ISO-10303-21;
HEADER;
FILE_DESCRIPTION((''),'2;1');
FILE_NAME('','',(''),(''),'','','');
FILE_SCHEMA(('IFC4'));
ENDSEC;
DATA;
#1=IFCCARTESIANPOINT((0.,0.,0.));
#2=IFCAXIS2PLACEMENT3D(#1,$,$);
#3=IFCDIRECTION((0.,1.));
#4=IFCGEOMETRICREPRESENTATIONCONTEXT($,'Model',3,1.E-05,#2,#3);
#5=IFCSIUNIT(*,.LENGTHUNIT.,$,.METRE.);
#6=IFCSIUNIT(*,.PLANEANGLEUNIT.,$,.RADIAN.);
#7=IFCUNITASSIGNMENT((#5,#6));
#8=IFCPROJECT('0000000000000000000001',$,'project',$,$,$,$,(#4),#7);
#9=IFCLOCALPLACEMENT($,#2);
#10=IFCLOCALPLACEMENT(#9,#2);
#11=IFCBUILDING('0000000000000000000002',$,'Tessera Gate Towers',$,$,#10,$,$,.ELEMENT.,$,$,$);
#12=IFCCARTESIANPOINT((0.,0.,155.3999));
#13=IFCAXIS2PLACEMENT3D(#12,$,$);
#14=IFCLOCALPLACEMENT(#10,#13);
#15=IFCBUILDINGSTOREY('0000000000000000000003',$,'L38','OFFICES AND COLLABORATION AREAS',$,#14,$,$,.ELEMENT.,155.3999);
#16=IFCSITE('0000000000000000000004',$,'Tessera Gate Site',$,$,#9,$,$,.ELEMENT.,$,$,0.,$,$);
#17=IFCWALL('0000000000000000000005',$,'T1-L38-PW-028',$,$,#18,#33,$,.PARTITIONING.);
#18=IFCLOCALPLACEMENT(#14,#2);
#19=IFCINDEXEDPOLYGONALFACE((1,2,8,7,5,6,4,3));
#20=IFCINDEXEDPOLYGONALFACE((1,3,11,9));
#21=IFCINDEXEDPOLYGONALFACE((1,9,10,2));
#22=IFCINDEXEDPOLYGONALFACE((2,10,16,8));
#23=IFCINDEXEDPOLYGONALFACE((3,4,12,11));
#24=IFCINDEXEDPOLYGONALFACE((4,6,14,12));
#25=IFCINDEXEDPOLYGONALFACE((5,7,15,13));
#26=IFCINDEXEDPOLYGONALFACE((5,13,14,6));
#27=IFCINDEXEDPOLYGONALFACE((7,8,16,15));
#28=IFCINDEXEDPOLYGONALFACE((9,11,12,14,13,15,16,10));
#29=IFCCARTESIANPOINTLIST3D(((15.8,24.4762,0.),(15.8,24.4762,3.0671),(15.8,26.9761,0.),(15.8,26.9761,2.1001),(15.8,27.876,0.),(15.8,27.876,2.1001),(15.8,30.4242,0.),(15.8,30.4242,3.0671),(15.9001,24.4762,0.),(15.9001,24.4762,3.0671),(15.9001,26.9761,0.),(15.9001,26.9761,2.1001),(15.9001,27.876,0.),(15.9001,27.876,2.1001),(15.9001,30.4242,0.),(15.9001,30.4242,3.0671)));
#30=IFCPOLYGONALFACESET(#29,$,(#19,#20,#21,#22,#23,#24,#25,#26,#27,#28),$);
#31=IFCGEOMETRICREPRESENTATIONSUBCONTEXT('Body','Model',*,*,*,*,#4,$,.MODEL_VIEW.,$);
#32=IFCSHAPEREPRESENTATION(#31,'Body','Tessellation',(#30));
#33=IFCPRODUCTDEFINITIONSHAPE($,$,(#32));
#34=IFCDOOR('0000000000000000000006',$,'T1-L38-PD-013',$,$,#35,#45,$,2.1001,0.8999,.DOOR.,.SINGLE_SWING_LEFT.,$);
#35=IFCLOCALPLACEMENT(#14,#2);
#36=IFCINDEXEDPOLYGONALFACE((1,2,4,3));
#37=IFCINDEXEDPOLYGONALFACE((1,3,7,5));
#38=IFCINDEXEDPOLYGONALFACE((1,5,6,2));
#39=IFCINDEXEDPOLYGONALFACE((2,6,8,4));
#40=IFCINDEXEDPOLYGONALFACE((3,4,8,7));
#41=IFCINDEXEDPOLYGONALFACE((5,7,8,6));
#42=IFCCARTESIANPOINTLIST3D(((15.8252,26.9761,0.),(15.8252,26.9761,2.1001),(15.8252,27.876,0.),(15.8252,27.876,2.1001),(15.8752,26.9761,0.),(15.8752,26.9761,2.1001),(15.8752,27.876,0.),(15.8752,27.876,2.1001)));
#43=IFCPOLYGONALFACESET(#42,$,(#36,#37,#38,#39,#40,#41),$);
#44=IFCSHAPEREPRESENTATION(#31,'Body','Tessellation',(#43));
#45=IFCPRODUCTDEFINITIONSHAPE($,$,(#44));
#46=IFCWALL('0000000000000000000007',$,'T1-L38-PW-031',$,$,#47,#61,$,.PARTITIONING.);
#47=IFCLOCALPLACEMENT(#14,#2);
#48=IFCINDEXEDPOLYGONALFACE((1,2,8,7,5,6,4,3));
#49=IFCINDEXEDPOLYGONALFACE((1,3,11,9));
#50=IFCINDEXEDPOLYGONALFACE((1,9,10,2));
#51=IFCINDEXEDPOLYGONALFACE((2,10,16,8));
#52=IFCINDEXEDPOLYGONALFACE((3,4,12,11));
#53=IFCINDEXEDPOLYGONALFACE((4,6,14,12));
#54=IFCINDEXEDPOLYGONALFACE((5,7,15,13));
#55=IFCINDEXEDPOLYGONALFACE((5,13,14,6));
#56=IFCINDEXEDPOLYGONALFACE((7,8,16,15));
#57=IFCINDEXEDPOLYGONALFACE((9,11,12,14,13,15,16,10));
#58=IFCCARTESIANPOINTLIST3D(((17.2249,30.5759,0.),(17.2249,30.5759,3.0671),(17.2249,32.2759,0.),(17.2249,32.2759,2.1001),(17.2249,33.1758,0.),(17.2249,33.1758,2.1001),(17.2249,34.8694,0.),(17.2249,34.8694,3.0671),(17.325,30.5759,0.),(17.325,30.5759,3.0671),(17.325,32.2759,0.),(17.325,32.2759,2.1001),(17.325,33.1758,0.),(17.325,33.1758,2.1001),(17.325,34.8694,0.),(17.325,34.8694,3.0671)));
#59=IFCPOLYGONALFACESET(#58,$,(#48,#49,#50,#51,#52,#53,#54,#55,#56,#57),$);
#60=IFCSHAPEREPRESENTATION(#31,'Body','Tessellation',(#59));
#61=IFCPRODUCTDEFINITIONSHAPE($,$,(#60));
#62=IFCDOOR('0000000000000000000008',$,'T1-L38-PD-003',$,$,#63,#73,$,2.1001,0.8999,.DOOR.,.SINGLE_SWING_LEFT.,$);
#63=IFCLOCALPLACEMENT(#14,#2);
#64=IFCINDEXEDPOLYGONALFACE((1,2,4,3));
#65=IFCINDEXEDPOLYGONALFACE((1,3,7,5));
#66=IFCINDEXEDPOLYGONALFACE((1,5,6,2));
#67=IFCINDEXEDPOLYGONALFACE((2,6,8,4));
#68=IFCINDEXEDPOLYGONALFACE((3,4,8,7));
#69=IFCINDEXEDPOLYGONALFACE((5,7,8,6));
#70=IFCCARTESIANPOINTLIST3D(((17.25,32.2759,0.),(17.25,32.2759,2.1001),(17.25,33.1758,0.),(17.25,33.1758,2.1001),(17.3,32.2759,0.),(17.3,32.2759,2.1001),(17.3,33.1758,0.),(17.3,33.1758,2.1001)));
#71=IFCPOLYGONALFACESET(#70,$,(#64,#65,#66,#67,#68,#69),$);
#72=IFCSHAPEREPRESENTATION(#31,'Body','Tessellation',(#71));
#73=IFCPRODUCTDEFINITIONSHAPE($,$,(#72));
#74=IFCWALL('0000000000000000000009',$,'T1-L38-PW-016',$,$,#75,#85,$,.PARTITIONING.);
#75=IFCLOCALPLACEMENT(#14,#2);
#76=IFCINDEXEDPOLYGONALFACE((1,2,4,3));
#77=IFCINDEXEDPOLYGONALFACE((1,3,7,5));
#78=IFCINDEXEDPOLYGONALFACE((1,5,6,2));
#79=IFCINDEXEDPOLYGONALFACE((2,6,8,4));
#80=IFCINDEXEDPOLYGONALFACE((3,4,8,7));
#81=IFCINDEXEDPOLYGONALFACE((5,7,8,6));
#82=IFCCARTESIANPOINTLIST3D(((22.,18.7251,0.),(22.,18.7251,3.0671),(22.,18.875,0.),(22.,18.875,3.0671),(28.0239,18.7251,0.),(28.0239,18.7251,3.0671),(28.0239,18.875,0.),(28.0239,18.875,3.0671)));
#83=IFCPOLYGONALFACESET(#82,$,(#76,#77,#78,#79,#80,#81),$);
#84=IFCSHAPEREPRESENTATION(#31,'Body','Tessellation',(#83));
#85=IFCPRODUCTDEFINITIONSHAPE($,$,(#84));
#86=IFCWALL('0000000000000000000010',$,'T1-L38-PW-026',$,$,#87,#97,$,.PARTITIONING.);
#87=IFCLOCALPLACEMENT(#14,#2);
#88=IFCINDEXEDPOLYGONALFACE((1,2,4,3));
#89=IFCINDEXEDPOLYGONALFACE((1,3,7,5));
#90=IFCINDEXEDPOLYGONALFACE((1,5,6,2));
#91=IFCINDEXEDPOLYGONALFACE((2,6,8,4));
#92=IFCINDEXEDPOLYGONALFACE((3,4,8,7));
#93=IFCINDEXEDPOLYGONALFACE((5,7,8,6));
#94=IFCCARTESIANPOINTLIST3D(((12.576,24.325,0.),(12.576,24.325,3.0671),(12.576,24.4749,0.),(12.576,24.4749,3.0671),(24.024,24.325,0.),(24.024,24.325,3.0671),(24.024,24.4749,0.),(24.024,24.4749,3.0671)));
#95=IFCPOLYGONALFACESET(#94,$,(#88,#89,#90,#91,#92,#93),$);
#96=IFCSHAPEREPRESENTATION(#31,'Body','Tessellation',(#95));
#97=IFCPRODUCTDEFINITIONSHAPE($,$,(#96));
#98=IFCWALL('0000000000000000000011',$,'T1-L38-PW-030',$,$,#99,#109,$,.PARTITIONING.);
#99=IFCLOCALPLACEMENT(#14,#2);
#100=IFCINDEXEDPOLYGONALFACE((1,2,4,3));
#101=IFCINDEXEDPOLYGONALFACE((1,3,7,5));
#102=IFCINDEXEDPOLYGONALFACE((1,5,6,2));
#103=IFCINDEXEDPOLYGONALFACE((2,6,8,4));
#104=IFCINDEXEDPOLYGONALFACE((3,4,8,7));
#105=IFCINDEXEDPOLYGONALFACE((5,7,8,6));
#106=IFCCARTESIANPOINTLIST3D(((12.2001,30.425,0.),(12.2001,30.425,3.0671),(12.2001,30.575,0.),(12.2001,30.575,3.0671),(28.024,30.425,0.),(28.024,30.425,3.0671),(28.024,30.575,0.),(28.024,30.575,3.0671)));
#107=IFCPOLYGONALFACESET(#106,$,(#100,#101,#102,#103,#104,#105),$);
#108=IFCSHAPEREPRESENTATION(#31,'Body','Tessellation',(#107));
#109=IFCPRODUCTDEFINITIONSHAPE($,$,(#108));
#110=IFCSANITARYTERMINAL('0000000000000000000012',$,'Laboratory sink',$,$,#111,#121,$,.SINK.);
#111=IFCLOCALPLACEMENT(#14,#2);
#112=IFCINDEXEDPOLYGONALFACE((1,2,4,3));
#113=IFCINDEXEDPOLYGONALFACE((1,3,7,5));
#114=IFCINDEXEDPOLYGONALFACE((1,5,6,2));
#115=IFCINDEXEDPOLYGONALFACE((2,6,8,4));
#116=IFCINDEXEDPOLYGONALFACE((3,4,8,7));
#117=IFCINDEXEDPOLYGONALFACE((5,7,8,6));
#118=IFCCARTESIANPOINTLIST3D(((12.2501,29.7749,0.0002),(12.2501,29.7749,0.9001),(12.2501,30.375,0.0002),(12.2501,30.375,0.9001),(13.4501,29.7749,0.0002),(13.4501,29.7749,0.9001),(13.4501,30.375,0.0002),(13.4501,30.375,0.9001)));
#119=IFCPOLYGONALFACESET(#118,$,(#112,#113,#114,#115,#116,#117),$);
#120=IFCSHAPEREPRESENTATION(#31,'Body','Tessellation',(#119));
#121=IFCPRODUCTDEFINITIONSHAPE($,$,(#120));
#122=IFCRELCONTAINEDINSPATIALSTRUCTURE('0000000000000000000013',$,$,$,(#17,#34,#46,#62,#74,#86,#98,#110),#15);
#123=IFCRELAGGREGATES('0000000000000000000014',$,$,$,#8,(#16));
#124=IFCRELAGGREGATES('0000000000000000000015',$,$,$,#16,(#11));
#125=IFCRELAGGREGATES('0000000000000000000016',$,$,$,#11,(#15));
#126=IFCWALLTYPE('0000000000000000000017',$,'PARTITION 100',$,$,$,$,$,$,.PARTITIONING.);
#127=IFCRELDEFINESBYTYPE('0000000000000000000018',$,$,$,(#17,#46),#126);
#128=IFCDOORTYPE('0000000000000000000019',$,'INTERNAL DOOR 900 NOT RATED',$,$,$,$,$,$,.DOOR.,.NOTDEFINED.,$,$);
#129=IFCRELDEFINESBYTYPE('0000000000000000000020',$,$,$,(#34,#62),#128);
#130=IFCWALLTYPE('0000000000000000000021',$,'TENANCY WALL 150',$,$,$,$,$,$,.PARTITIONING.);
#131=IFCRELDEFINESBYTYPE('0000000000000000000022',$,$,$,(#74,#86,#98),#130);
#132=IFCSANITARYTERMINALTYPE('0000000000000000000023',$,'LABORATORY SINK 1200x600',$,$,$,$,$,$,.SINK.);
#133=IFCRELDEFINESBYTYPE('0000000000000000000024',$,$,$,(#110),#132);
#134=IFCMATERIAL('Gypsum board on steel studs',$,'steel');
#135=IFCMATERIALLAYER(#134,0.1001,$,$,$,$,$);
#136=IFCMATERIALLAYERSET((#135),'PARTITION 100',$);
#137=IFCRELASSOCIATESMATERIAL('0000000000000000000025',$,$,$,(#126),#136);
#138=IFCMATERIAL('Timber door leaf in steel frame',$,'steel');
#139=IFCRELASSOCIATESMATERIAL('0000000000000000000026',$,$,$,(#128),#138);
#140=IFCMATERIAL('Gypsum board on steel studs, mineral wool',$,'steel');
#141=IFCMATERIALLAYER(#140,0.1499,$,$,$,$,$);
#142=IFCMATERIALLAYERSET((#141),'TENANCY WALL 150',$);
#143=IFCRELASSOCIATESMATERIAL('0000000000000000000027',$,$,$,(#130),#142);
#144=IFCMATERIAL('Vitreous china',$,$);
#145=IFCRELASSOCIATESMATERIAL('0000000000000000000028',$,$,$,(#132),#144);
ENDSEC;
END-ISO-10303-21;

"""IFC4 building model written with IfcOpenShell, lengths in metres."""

from ifc_helpers import new_model, si_unit, direction, frame, frame_2d, origin, origin_2d, place, context, subcontext, project, spatial, rectangle, extrude, source, transform, mapped, material, layer, layer_set, type_object, element, fill, save


model = new_model("IFC4")

# Units and contexts
model_context = context("Model", 3, precision=1e-05, world=origin(), true_north=direction((0.0, 1.0)))
body_context = subcontext(model_context, "Body", "Model", "MODEL_VIEW")
ifc_project = project(units=[si_unit("LENGTHUNIT", "METRE"), si_unit("PLANEANGLEUNIT", "RADIAN")], contexts=[model_context])

# Site, building, storey
site_placement = place(None, origin())
site = spatial("IfcSite", under=ifc_project, at=site_placement, Name="Tessera Gate Site", CompositionType="ELEMENT", RefElevation=0.0)
building_placement = place(site_placement, origin())
building = spatial("IfcBuilding", under=site, at=building_placement, Name="Tessera Gate Towers", CompositionType="ELEMENT")
storey_placement = place(building_placement, frame((0.0, 0.0, 155.3999)))
storey = spatial("IfcBuildingStorey", under=building, at=storey_placement, Name="L38", Description="OFFICES AND COLLABORATION AREAS", CompositionType="ELEMENT", Elevation=155.3999)

# Walls, openings, doors
shared_shape_1 = source(origin(), body_context, "Body", "SweptSolid", [
    extrude(rectangle(XDim=0.8999, YDim=2.1001, at=frame_2d((0.45, 1.05))), frame((0.0, 0.0601, 0.0), z_axis=(0.0, -1.0, 0.0), x_axis=(1.0, 0.0, 0.0)), (0.0, 0.0, 1.0), 0.1201),
])
shared_shape_2 = source(origin(), body_context, "Body", "SweptSolid", [
    extrude(rectangle(XDim=0.8999, YDim=2.1001, at=frame_2d((0.45, 1.05))), frame((0.0, 0.0249, 0.0), z_axis=(0.0, -1.0, 0.0), x_axis=(1.0, 0.0, 0.0)), (0.0, 0.0, 1.0), 0.05),
])
ifc_material_1 = material(Name="Gypsum board on steel studs", Category="steel")
ifc_layer_1 = layer(ifc_material_1, 0.1001)
ifc_layer_set_1 = layer_set([ifc_layer_1], Name="PARTITION 100")
wall_type_1 = type_object("IfcWallType", Name="PARTITION 100", PredefinedType="PARTITIONING", material=ifc_layer_set_1)
wall_1_placement = place(storey_placement, frame((15.8501, 24.4761, 0.0), z_axis=(0.0, 0.0, 1.0), x_axis=(0.0, 1.0, 0.0)))
wall_1 = element("IfcWall", 1, at=wall_1_placement, inside=storey, type_object=wall_type_1, Name="T1-L38-PW-028", PredefinedType="PARTITIONING", context=body_context, shape_type="SweptSolid", body=[
    extrude(rectangle(XDim=5.948, YDim=0.1001, at=frame_2d((2.9741, 0.0))), origin(), (0.0, 0.0, 1.0), 3.0671),
])
opening_1_placement = place(wall_1_placement, frame((2.5, 0.0, 0.0)))
opening_1 = element("IfcOpeningElement", 2, at=opening_1_placement, cuts=wall_1, PredefinedType="OPENING", context=body_context, shape_type="MappedRepresentation", body=[
    mapped(shared_shape_1, transform((0.0, 0.0, 0.0), scale=1.0)),
])
ifc_material_2 = material(Name="Timber door leaf in steel frame", Category="steel")
door_type_1 = type_object("IfcDoorType", Name="INTERNAL DOOR 900 NOT RATED", OperationType="NOTDEFINED", PredefinedType="DOOR", material=ifc_material_2)
door_1_placement = place(opening_1_placement, origin())
door_1 = element("IfcDoor", 3, at=door_1_placement, inside=storey, type_object=door_type_1, Name="T1-L38-PD-013", OperationType="SINGLE_SWING_LEFT", OverallHeight=2.1001, OverallWidth=0.8999, PredefinedType="DOOR", context=body_context, shape_type="MappedRepresentation", body=[
    mapped(shared_shape_2, transform((0.0, 0.0, 0.0), scale=1.0)),
])
fill(opening_1, door_1)
wall_2_placement = place(storey_placement, frame((17.2749, 30.5759, 0.0), z_axis=(0.0, 0.0, 1.0), x_axis=(0.0, 1.0, 0.0)))
wall_2 = element("IfcWall", 4, at=wall_2_placement, inside=storey, type_object=wall_type_1, Name="T1-L38-PW-031", PredefinedType="PARTITIONING", context=body_context, shape_type="SweptSolid", body=[
    extrude(rectangle(XDim=4.2935, YDim=0.1001, at=frame_2d((2.1467, 0.0))), origin(), (0.0, 0.0, 1.0), 3.0671),
])
opening_2_placement = place(wall_2_placement, frame((1.7, 0.0, 0.0)))
opening_2 = element("IfcOpeningElement", 5, at=opening_2_placement, cuts=wall_2, PredefinedType="OPENING", context=body_context, shape_type="MappedRepresentation", body=[
    mapped(shared_shape_1, transform((0.0, 0.0, 0.0), scale=1.0)),
])
door_2_placement = place(opening_2_placement, origin())
door_2 = element("IfcDoor", 6, at=door_2_placement, inside=storey, type_object=door_type_1, Name="T1-L38-PD-003", OperationType="SINGLE_SWING_LEFT", OverallHeight=2.1001, OverallWidth=0.8999, PredefinedType="DOOR", context=body_context, shape_type="MappedRepresentation", body=[
    mapped(shared_shape_2, transform((0.0, 0.0, 0.0), scale=1.0)),
])
fill(opening_2, door_2)

# Walls
ifc_material_3 = material(Name="Gypsum board on steel studs, mineral wool", Category="steel")
ifc_layer_2 = layer(ifc_material_3, 0.1499)
ifc_layer_set_2 = layer_set([ifc_layer_2], Name="TENANCY WALL 150")
wall_type_2 = type_object("IfcWallType", Name="TENANCY WALL 150", PredefinedType="PARTITIONING", material=ifc_layer_set_2)
wall_3_placement = place(storey_placement, frame((22.0, 18.8, 0.0), z_axis=(0.0, 0.0, 1.0), x_axis=(1.0, 0.0, 0.0)))
element("IfcWall", 7, at=wall_3_placement, inside=storey, type_object=wall_type_2, Name="T1-L38-PW-016", PredefinedType="PARTITIONING", context=body_context, shape_type="SweptSolid", body=[
    extrude(rectangle(XDim=6.0239, YDim=0.1499, at=frame_2d((3.012, 0.0))), origin(), (0.0, 0.0, 1.0), 3.0671),
])
wall_4_placement = place(storey_placement, frame((12.5759, 24.3999, 0.0), z_axis=(0.0, 0.0, 1.0), x_axis=(1.0, 0.0, 0.0)))
element("IfcWall", 8, at=wall_4_placement, inside=storey, type_object=wall_type_2, Name="T1-L38-PW-026", PredefinedType="PARTITIONING", context=body_context, shape_type="SweptSolid", body=[
    extrude(rectangle(XDim=11.448, YDim=0.1499, at=frame_2d((5.7241, 0.0))), origin(), (0.0, 0.0, 1.0), 3.0671),
])
wall_5_placement = place(storey_placement, frame((12.2, 30.5, 0.0), z_axis=(0.0, 0.0, 1.0), x_axis=(1.0, 0.0, 0.0)))
element("IfcWall", 9, at=wall_5_placement, inside=storey, type_object=wall_type_2, Name="T1-L38-PW-030", PredefinedType="PARTITIONING", context=body_context, shape_type="SweptSolid", body=[
    extrude(rectangle(XDim=15.824, YDim=0.1499, at=frame_2d((7.9121, 0.0))), origin(), (0.0, 0.0, 1.0), 3.0671),
])

# Sanitary terminal
ifc_material_4 = material(Name="Vitreous china")
sanitary_terminal_type = type_object("IfcSanitaryTerminalType", Name="LABORATORY SINK 1200x600", PredefinedType="SINK", material=ifc_material_4)
sanitary_terminal_placement = place(storey_placement, frame((12.8501, 30.075, 0.0002), z_axis=(0.0, 0.0, 1.0), x_axis=(1.0, 0.0, 0.0)))
element("IfcSanitaryTerminal", 10, at=sanitary_terminal_placement, inside=storey, type_object=sanitary_terminal_type, Name="Laboratory sink", PredefinedType="SINK", context=body_context, shape_type="SweptSolid", body=[
    extrude(rectangle(XDim=1.2, YDim=0.6001, at=origin_2d()), origin(), (0.0, 0.0, 1.0), 0.8999),
])

save(model, "model.ifc")
